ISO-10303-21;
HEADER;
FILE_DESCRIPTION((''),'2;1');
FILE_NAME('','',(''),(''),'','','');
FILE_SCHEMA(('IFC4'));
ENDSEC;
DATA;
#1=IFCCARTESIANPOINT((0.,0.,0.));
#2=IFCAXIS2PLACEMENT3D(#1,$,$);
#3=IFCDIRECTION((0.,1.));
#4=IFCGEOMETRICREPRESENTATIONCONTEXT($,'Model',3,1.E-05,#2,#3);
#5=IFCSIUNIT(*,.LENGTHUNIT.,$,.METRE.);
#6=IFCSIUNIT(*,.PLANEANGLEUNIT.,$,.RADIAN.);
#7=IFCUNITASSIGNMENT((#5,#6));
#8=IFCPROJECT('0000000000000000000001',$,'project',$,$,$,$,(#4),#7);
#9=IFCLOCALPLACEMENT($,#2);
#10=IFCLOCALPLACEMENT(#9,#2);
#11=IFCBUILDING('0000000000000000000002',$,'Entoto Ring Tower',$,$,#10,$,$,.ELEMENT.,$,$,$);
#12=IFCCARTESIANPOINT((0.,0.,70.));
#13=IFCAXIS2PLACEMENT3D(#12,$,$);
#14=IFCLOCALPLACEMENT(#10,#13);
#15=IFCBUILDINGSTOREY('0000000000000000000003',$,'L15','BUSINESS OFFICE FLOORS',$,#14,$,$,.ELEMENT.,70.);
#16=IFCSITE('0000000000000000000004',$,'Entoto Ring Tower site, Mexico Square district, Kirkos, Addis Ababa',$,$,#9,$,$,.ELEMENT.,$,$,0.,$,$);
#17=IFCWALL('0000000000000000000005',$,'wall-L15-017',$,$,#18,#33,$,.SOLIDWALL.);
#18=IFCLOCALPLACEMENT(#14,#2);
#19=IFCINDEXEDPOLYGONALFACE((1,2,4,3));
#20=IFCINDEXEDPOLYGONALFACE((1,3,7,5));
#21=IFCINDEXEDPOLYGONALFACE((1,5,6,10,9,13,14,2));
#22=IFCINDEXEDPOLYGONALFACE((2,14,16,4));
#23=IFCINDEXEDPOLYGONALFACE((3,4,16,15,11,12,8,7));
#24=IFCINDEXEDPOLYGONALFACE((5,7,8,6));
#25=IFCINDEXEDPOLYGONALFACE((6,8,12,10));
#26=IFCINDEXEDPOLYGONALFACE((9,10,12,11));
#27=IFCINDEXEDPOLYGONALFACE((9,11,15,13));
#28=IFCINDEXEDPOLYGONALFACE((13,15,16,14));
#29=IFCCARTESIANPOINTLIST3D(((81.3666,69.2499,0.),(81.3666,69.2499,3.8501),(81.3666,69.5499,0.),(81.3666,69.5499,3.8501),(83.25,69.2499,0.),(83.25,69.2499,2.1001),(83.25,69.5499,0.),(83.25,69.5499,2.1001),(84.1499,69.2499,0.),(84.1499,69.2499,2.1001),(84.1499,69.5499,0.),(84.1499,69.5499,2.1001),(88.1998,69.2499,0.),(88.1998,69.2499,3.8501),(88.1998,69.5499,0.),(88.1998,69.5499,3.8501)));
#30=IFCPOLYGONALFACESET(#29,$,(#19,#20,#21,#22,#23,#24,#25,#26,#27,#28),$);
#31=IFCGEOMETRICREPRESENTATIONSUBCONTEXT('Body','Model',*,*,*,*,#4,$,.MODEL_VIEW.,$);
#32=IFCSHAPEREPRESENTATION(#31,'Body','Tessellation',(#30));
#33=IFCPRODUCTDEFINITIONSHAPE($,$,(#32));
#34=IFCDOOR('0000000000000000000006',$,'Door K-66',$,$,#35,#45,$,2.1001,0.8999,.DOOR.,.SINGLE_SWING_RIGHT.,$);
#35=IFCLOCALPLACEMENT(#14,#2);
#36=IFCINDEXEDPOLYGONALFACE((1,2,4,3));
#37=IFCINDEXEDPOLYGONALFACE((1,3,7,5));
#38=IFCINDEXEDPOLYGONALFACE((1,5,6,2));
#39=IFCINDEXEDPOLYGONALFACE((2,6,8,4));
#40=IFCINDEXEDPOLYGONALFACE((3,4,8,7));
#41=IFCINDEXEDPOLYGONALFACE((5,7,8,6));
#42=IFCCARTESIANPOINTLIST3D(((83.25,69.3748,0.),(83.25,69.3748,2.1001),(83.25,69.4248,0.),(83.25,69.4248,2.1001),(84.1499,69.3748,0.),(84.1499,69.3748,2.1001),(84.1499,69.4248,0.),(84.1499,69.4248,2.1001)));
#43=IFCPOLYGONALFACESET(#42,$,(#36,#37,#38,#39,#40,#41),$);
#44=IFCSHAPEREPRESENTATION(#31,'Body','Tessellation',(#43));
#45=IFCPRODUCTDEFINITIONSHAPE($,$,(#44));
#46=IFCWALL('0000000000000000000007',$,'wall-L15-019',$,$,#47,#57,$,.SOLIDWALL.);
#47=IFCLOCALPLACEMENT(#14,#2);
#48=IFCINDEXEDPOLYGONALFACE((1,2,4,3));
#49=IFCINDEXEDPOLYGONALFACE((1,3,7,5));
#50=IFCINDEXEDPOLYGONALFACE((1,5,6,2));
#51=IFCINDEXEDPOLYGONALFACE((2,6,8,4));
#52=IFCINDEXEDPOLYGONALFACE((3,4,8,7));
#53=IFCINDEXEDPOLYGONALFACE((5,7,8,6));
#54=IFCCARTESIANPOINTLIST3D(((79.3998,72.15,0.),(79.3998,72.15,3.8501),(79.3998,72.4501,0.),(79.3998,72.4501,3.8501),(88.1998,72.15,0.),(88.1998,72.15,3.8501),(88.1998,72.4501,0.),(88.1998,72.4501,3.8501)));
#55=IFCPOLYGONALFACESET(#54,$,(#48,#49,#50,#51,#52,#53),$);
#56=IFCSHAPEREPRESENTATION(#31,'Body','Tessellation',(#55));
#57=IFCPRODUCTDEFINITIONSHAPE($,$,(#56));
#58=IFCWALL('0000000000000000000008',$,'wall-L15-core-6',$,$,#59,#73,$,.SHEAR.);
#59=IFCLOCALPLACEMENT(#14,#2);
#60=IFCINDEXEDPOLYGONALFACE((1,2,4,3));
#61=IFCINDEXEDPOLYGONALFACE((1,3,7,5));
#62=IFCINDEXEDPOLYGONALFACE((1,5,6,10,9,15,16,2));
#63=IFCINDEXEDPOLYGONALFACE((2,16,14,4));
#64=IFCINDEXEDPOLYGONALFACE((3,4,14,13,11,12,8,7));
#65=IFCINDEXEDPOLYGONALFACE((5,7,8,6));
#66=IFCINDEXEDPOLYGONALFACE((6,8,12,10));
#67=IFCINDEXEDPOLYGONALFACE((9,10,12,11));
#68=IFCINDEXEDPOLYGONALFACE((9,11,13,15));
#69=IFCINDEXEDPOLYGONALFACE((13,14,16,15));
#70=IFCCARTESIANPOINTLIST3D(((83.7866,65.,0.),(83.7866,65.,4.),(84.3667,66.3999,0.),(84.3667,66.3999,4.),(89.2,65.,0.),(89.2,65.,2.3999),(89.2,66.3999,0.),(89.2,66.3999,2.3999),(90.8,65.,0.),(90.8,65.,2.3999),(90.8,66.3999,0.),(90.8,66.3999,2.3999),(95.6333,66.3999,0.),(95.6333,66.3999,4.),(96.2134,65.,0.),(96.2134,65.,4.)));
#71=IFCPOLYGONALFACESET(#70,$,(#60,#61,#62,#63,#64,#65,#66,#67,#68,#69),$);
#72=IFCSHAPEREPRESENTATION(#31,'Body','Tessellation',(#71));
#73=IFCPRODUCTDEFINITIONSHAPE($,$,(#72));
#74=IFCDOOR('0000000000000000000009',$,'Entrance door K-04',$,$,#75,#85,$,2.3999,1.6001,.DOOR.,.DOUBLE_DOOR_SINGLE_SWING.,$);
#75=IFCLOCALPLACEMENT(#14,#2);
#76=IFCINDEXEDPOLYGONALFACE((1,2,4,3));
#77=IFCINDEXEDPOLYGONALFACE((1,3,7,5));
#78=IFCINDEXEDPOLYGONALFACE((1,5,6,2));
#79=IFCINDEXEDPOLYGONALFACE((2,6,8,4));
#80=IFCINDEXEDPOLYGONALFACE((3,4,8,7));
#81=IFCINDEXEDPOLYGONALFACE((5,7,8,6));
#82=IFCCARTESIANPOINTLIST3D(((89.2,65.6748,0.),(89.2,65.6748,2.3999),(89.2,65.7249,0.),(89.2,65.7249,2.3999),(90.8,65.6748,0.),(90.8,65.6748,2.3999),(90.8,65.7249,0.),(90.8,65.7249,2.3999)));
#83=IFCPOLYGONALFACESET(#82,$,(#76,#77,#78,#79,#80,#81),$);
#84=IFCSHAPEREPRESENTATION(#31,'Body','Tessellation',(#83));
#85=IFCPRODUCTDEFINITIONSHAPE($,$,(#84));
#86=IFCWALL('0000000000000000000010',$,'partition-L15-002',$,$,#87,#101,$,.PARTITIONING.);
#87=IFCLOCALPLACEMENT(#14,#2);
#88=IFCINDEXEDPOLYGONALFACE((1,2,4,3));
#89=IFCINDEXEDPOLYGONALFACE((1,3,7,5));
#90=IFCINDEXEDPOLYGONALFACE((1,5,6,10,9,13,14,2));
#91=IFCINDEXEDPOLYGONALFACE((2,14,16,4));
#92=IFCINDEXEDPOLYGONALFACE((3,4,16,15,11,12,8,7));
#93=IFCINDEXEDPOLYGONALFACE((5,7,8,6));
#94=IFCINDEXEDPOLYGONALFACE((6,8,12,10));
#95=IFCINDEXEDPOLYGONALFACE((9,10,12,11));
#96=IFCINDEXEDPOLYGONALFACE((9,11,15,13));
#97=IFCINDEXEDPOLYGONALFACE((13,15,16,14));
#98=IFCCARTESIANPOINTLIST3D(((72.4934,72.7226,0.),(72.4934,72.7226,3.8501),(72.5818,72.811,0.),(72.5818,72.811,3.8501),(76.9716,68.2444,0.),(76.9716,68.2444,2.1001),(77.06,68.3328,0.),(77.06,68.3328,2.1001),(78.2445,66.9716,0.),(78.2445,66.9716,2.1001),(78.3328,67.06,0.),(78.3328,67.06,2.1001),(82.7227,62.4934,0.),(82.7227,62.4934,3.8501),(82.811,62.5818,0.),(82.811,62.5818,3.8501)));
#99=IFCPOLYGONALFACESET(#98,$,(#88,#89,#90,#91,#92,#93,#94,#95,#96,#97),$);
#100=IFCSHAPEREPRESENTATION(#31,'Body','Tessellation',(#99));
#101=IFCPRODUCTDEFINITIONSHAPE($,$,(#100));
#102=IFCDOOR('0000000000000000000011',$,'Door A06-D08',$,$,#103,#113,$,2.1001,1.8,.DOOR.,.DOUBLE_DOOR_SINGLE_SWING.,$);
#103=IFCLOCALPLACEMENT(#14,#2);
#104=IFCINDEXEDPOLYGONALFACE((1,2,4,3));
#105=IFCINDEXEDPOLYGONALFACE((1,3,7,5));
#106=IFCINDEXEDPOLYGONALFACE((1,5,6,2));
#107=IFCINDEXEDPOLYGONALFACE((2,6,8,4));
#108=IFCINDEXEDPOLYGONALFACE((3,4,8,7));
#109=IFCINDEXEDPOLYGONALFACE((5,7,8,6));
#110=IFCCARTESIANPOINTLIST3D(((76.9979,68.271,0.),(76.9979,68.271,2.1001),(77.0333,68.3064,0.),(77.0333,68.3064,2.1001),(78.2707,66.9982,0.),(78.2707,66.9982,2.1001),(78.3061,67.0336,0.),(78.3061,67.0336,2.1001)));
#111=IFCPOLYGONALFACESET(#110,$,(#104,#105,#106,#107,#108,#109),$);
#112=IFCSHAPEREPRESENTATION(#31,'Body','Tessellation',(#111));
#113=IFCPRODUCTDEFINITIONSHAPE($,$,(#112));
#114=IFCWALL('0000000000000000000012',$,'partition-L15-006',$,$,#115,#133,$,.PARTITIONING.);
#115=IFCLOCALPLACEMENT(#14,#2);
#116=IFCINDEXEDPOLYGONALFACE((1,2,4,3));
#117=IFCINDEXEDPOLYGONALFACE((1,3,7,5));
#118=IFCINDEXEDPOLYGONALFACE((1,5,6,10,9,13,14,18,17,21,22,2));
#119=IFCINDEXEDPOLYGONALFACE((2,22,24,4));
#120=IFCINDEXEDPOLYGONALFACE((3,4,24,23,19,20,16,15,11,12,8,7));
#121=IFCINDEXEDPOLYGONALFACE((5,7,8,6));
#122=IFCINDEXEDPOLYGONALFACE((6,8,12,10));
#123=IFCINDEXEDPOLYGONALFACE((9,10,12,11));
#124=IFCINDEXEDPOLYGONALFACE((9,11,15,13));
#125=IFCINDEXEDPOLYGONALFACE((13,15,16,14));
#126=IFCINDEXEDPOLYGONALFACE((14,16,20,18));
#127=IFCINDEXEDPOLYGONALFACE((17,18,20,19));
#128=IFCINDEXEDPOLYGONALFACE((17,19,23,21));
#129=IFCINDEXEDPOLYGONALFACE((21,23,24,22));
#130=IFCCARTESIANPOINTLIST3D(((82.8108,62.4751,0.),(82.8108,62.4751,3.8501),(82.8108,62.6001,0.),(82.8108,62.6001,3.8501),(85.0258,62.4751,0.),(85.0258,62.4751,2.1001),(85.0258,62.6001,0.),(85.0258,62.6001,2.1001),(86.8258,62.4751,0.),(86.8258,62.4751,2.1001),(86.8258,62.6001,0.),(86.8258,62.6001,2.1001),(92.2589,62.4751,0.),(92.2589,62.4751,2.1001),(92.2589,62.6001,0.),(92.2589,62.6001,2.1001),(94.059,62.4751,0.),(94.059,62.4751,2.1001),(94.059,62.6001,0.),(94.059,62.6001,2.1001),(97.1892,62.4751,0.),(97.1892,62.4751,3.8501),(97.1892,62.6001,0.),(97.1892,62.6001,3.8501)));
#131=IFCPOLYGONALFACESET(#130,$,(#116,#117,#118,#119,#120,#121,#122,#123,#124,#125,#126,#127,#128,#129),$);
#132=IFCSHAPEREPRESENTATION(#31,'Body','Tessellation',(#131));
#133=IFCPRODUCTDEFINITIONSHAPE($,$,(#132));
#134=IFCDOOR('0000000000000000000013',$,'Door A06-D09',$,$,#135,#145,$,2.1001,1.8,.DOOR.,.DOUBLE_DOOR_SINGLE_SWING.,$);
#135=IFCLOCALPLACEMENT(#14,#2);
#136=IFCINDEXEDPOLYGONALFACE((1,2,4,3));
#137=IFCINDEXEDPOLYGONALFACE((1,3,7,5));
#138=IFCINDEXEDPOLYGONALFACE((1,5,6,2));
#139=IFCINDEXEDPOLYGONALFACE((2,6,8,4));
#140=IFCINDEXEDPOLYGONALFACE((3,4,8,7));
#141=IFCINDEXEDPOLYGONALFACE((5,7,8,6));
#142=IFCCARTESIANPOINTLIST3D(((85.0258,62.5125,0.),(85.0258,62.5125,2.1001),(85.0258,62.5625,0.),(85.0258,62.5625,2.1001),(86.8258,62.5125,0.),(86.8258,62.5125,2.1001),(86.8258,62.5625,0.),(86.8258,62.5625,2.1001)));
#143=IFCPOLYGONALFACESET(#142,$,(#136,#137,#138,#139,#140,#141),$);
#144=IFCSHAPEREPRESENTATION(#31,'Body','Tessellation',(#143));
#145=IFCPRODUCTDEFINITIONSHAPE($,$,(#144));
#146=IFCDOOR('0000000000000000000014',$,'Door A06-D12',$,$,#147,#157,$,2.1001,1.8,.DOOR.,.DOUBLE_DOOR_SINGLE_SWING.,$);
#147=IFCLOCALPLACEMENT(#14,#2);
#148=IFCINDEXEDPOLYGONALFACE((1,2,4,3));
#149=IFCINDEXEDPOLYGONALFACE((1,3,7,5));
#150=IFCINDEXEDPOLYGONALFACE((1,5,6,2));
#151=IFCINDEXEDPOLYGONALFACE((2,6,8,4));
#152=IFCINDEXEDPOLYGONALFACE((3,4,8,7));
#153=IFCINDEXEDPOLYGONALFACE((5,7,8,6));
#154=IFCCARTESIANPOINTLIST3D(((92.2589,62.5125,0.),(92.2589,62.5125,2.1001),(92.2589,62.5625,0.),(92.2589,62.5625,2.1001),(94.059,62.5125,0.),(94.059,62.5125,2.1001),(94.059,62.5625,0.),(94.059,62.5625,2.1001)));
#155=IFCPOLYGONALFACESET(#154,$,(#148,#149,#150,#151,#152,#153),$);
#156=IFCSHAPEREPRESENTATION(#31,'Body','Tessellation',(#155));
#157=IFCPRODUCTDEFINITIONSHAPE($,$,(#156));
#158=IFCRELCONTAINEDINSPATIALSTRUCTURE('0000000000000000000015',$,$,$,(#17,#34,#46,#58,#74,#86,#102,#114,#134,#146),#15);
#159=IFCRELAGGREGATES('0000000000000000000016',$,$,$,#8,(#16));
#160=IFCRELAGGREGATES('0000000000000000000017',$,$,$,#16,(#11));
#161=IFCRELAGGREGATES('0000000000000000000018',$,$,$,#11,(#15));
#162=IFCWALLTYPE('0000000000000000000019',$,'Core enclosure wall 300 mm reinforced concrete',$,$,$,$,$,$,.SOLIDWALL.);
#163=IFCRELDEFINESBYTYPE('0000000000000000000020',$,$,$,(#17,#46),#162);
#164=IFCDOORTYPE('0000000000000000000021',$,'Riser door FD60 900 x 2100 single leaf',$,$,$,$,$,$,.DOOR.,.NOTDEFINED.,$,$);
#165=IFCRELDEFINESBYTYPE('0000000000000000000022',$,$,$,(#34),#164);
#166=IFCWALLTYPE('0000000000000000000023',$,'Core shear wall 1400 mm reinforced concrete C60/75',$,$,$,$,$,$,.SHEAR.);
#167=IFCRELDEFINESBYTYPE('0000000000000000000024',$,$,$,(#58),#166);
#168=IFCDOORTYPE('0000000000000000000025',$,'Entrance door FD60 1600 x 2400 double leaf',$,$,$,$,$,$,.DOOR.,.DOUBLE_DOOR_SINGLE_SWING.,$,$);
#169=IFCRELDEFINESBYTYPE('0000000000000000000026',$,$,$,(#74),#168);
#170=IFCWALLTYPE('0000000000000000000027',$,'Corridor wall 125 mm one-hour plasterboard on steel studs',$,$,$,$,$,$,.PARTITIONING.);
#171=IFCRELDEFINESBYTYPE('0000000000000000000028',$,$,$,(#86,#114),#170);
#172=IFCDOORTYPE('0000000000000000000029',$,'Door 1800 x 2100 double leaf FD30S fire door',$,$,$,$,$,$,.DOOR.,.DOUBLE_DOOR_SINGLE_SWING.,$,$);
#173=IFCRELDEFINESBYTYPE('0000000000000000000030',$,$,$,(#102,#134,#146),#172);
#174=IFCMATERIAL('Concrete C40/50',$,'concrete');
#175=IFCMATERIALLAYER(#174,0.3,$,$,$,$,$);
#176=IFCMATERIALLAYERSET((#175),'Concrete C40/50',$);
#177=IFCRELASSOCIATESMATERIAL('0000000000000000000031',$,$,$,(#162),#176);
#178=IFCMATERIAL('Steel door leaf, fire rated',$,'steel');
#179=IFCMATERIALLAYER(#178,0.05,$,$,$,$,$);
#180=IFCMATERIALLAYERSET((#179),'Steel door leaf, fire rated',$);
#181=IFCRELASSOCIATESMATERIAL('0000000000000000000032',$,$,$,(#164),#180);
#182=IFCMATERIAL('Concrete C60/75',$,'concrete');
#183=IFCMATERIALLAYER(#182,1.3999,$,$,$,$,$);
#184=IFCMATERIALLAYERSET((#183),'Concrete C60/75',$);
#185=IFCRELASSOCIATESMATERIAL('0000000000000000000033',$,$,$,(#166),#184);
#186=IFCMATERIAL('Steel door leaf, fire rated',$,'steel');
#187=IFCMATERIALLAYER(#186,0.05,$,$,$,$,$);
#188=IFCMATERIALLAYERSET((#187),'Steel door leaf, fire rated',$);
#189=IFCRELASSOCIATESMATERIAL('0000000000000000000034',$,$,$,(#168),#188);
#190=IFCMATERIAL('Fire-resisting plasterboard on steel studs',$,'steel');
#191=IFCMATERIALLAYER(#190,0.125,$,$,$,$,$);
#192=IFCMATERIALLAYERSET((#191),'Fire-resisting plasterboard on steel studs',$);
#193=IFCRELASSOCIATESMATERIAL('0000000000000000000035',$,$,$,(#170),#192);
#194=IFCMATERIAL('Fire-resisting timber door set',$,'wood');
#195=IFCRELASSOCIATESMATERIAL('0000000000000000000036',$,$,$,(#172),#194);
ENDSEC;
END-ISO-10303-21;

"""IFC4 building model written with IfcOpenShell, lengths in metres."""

from ifc_helpers import new_model, si_unit, direction, frame, frame_2d, origin, place, context, subcontext, project, spatial, polyline, rectangle, outline, extrude, material, layer, layer_set, type_object, element, fill, save


model = new_model("IFC4")

# Units and contexts
model_context = context("Model", 3, precision=1e-05, world=origin(), true_north=direction((0.0, 1.0)))
body_context = subcontext(model_context, "Body", "Model", "MODEL_VIEW")
ifc_project = project(units=[si_unit("LENGTHUNIT", "METRE"), si_unit("PLANEANGLEUNIT", "RADIAN")], contexts=[model_context])

# Site, building, storey
site_placement = place(None, origin())
site = spatial("IfcSite", under=ifc_project, at=site_placement, Name="Entoto Ring Tower site, Mexico Square district, Kirkos, Addis Ababa", CompositionType="ELEMENT", RefElevation=0.0)
building_placement = place(site_placement, origin())
building = spatial("IfcBuilding", under=site, at=building_placement, Name="Entoto Ring Tower", CompositionType="ELEMENT")
storey_placement = place(building_placement, frame((0.0, 0.0, 70.0)))
storey = spatial("IfcBuildingStorey", under=building, at=storey_placement, Name="L15", Description="BUSINESS OFFICE FLOORS", CompositionType="ELEMENT", Elevation=70.0)

# Wall, opening, door
ifc_material_1 = material(Name="Concrete C40/50", Category="concrete")
ifc_layer_1 = layer(ifc_material_1, 0.3)
ifc_layer_set_1 = layer_set([ifc_layer_1], Name="Concrete C40/50")
wall_type_1 = type_object("IfcWallType", Name="Core enclosure wall 300 mm reinforced concrete", PredefinedType="SOLIDWALL", material=ifc_layer_set_1)
wall_1_placement = place(storey_placement, frame((81.3667, 69.3999, 0.0), z_axis=(0.0, 0.0, 1.0), x_axis=(1.0, 0.0, 0.0)))
wall_1 = element("IfcWall", 1, at=wall_1_placement, inside=storey, type_object=wall_type_1, Name="wall-L15-017", PredefinedType="SOLIDWALL", context=body_context, shape_type="SweptSolid", body=[
    extrude(rectangle(XDim=6.8333, YDim=0.3, at=frame_2d((3.4165, 0.0))), origin(), (0.0, 0.0, 1.0), 3.8501),
])
opening_1_placement = place(wall_1_placement, frame((1.8833, 0.0, 0.0)))
opening_1 = element("IfcOpeningElement", 2, at=opening_1_placement, cuts=wall_1, PredefinedType="OPENING", context=body_context, shape_type="SweptSolid", body=[
    extrude(rectangle(XDim=0.8999, YDim=2.1001, at=frame_2d((0.45, 1.05))), frame((0.0, 0.1602, 0.0), z_axis=(0.0, -1.0, 0.0), x_axis=(1.0, 0.0, 0.0)), (0.0, 0.0, 1.0), 0.3201),
])
ifc_material_2 = material(Name="Steel door leaf, fire rated", Category="steel")
ifc_layer_2 = layer(ifc_material_2, 0.05)
ifc_layer_set_2 = layer_set([ifc_layer_2], Name="Steel door leaf, fire rated")
door_type_1 = type_object("IfcDoorType", Name="Riser door FD60 900 x 2100 single leaf", OperationType="NOTDEFINED", PredefinedType="DOOR", material=ifc_layer_set_2)
door_1_placement = place(opening_1_placement, origin())
door_1 = element("IfcDoor", 3, at=door_1_placement, inside=storey, type_object=door_type_1, Name="Door K-66", OperationType="SINGLE_SWING_RIGHT", OverallHeight=2.1001, OverallWidth=0.8999, PredefinedType="DOOR", context=body_context, shape_type="SweptSolid", body=[
    extrude(rectangle(XDim=0.8999, YDim=2.1001, at=frame_2d((0.45, 1.05))), frame((0.0, 0.0249, 0.0), z_axis=(0.0, -1.0, 0.0), x_axis=(1.0, 0.0, 0.0)), (0.0, 0.0, 1.0), 0.05),
])
fill(opening_1, door_1)

# Wall
wall_2_placement = place(storey_placement, frame((79.3999, 72.3, 0.0), z_axis=(0.0, 0.0, 1.0), x_axis=(1.0, 0.0, 0.0)))
element("IfcWall", 4, at=wall_2_placement, inside=storey, type_object=wall_type_1, Name="wall-L15-019", PredefinedType="SOLIDWALL", context=body_context, shape_type="SweptSolid", body=[
    extrude(rectangle(XDim=8.8, YDim=0.3, at=frame_2d((4.3999, 0.0))), origin(), (0.0, 0.0, 1.0), 3.8501),
])

# Walls, openings, doors
ifc_material_3 = material(Name="Concrete C60/75", Category="concrete")
ifc_layer_3 = layer(ifc_material_3, 1.3999)
ifc_layer_set_3 = layer_set([ifc_layer_3], Name="Concrete C60/75")
wall_type_2 = type_object("IfcWallType", Name="Core shear wall 1400 mm reinforced concrete C60/75", PredefinedType="SHEAR", material=ifc_layer_set_3)
wall_3_placement = place(storey_placement, frame((84.0767, 65.7, 0.0), z_axis=(0.0, 0.0, 1.0), x_axis=(1.0, 0.0, 0.0)))
wall_3 = element("IfcWall", 5, at=wall_3_placement, inside=storey, type_object=wall_type_2, Name="wall-L15-core-6", PredefinedType="SHEAR", context=body_context, shape_type="SweptSolid", body=[
    extrude(outline(polyline([(-0.29, -0.7), (12.1367, -0.7), (11.5566, 0.7), (0.29, 0.7), (-0.29, -0.7)])), origin(), (0.0, 0.0, 1.0), 4.0),
])
opening_2_placement = place(wall_3_placement, frame((5.1233, 0.0, 0.0)))
opening_2 = element("IfcOpeningElement", 6, at=opening_2_placement, cuts=wall_3, PredefinedType="OPENING", context=body_context, shape_type="SweptSolid", body=[
    extrude(rectangle(XDim=1.6001, YDim=2.3999, at=frame_2d((0.8, 1.2))), frame((0.0, 0.71, 0.0), z_axis=(0.0, -1.0, 0.0), x_axis=(1.0, 0.0, 0.0)), (0.0, 0.0, 1.0), 1.4199),
])
ifc_material_4 = material(Name="Steel door leaf, fire rated", Category="steel")
ifc_layer_4 = layer(ifc_material_4, 0.05)
ifc_layer_set_4 = layer_set([ifc_layer_4], Name="Steel door leaf, fire rated")
door_type_2 = type_object("IfcDoorType", Name="Entrance door FD60 1600 x 2400 double leaf", OperationType="DOUBLE_DOOR_SINGLE_SWING", PredefinedType="DOOR", material=ifc_layer_set_4)
door_2_placement = place(opening_2_placement, origin())
door_2 = element("IfcDoor", 7, at=door_2_placement, inside=storey, type_object=door_type_2, Name="Entrance door K-04", OperationType="DOUBLE_DOOR_SINGLE_SWING", OverallHeight=2.3999, OverallWidth=1.6001, PredefinedType="DOOR", context=body_context, shape_type="SweptSolid", body=[
    extrude(rectangle(XDim=1.6001, YDim=2.3999, at=frame_2d((0.8, 1.2))), frame((0.0, 0.0249, 0.0), z_axis=(0.0, -1.0, 0.0), x_axis=(1.0, 0.0, 0.0)), (0.0, 0.0, 1.0), 0.05),
])
fill(opening_2, door_2)
ifc_material_5 = material(Name="Fire-resisting plasterboard on steel studs", Category="steel")
ifc_layer_5 = layer(ifc_material_5, 0.125)
ifc_layer_set_5 = layer_set([ifc_layer_5], Name="Fire-resisting plasterboard on steel studs")
wall_type_3 = type_object("IfcWallType", Name="Corridor wall 125 mm one-hour plasterboard on steel studs", PredefinedType="PARTITIONING", material=ifc_layer_set_5)
wall_4_placement = place(storey_placement, frame((82.7668, 62.5376, 0.0), z_axis=(0.0, 0.0, 1.0), x_axis=(-0.707107, 0.707107, 0.0)))
wall_4 = element("IfcWall", 8, at=wall_4_placement, inside=storey, type_object=wall_type_3, Name="partition-L15-002", PredefinedType="PARTITIONING", context=body_context, shape_type="SweptSolid", body=[
    extrude(rectangle(XDim=14.4663, YDim=0.125, at=frame_2d((7.2332, 0.0))), origin(), (0.0, 0.0, 1.0), 3.8501),
])
opening_3_placement = place(wall_4_placement, frame((6.3333, 0.0, 0.0)))
opening_3 = element("IfcOpeningElement", 9, at=opening_3_placement, cuts=wall_4, PredefinedType="OPENING", context=body_context, shape_type="SweptSolid", body=[
    extrude(rectangle(XDim=1.8, YDim=2.1001, at=frame_2d((0.8999, 1.05))), frame((0.0, 0.0725, 0.0), z_axis=(0.0, -1.0, 0.0), x_axis=(1.0, 0.0, 0.0)), (0.0, 0.0, 1.0), 0.145),
])
ifc_material_6 = material(Name="Fire-resisting timber door set", Category="wood")
door_type_3 = type_object("IfcDoorType", Name="Door 1800 x 2100 double leaf FD30S fire door", OperationType="DOUBLE_DOOR_SINGLE_SWING", PredefinedType="DOOR", material=ifc_material_6)
door_3_placement = place(opening_3_placement, frame((1.8, 0.0, 0.0), z_axis=(0.0, 0.0, 1.0), x_axis=(-1.0, 0.0, 0.0)))
door_3 = element("IfcDoor", 10, at=door_3_placement, inside=storey, type_object=door_type_3, Name="Door A06-D08", OperationType="DOUBLE_DOOR_SINGLE_SWING", OverallHeight=2.1001, OverallWidth=1.8, PredefinedType="DOOR", context=body_context, shape_type="SweptSolid", body=[
    extrude(rectangle(XDim=1.8, YDim=2.1001, at=frame_2d((0.8999, 1.05))), frame((0.0, 0.0249, 0.0), z_axis=(0.0, -1.0, 0.0), x_axis=(1.0, 0.0, 0.0)), (0.0, 0.0, 1.0), 0.05),
])
fill(opening_3, door_3)

# Wall, openings, doors
wall_5_placement = place(storey_placement, frame((82.8108, 62.5376, 0.0), z_axis=(0.0, 0.0, 1.0), x_axis=(1.0, 0.0, 0.0)))
wall_5 = element("IfcWall", 11, at=wall_5_placement, inside=storey, type_object=wall_type_3, Name="partition-L15-006", PredefinedType="PARTITIONING", context=body_context, shape_type="SweptSolid", body=[
    extrude(rectangle(XDim=14.3784, YDim=0.125, at=frame_2d((7.1892, 0.0))), origin(), (0.0, 0.0, 1.0), 3.8501),
])
opening_4_placement = place(wall_5_placement, frame((2.2151, 0.0, 0.0)))
opening_4 = element("IfcOpeningElement", 12, at=opening_4_placement, cuts=wall_5, PredefinedType="OPENING", context=body_context, shape_type="SweptSolid", body=[
    extrude(rectangle(XDim=1.8, YDim=2.1001, at=frame_2d((0.8999, 1.05))), frame((0.0, 0.0725, 0.0), z_axis=(0.0, -1.0, 0.0), x_axis=(1.0, 0.0, 0.0)), (0.0, 0.0, 1.0), 0.145),
])
opening_5_placement = place(wall_5_placement, frame((9.4482, 0.0, 0.0)))
opening_5 = element("IfcOpeningElement", 13, at=opening_5_placement, cuts=wall_5, PredefinedType="OPENING", context=body_context, shape_type="SweptSolid", body=[
    extrude(rectangle(XDim=1.8, YDim=2.1001, at=frame_2d((0.8999, 1.05))), frame((0.0, 0.0725, 0.0), z_axis=(0.0, -1.0, 0.0), x_axis=(1.0, 0.0, 0.0)), (0.0, 0.0, 1.0), 0.145),
])
door_4_placement = place(opening_4_placement, origin())
door_4 = element("IfcDoor", 14, at=door_4_placement, inside=storey, type_object=door_type_3, Name="Door A06-D09", OperationType="DOUBLE_DOOR_SINGLE_SWING", OverallHeight=2.1001, OverallWidth=1.8, PredefinedType="DOOR", context=body_context, shape_type="SweptSolid", body=[
    extrude(rectangle(XDim=1.8, YDim=2.1001, at=frame_2d((0.8999, 1.05))), frame((0.0, 0.0249, 0.0), z_axis=(0.0, -1.0, 0.0), x_axis=(1.0, 0.0, 0.0)), (0.0, 0.0, 1.0), 0.05),
])
fill(opening_4, door_4)
door_5_placement = place(opening_5_placement, origin())
door_5 = element("IfcDoor", 15, at=door_5_placement, inside=storey, type_object=door_type_3, Name="Door A06-D12", OperationType="DOUBLE_DOOR_SINGLE_SWING", OverallHeight=2.1001, OverallWidth=1.8, PredefinedType="DOOR", context=body_context, shape_type="SweptSolid", body=[
    extrude(rectangle(XDim=1.8, YDim=2.1001, at=frame_2d((0.8999, 1.05))), frame((0.0, 0.0249, 0.0), z_axis=(0.0, -1.0, 0.0), x_axis=(1.0, 0.0, 0.0)), (0.0, 0.0, 1.0), 0.05),
])
fill(opening_5, door_5)

save(model, "model.ifc")
